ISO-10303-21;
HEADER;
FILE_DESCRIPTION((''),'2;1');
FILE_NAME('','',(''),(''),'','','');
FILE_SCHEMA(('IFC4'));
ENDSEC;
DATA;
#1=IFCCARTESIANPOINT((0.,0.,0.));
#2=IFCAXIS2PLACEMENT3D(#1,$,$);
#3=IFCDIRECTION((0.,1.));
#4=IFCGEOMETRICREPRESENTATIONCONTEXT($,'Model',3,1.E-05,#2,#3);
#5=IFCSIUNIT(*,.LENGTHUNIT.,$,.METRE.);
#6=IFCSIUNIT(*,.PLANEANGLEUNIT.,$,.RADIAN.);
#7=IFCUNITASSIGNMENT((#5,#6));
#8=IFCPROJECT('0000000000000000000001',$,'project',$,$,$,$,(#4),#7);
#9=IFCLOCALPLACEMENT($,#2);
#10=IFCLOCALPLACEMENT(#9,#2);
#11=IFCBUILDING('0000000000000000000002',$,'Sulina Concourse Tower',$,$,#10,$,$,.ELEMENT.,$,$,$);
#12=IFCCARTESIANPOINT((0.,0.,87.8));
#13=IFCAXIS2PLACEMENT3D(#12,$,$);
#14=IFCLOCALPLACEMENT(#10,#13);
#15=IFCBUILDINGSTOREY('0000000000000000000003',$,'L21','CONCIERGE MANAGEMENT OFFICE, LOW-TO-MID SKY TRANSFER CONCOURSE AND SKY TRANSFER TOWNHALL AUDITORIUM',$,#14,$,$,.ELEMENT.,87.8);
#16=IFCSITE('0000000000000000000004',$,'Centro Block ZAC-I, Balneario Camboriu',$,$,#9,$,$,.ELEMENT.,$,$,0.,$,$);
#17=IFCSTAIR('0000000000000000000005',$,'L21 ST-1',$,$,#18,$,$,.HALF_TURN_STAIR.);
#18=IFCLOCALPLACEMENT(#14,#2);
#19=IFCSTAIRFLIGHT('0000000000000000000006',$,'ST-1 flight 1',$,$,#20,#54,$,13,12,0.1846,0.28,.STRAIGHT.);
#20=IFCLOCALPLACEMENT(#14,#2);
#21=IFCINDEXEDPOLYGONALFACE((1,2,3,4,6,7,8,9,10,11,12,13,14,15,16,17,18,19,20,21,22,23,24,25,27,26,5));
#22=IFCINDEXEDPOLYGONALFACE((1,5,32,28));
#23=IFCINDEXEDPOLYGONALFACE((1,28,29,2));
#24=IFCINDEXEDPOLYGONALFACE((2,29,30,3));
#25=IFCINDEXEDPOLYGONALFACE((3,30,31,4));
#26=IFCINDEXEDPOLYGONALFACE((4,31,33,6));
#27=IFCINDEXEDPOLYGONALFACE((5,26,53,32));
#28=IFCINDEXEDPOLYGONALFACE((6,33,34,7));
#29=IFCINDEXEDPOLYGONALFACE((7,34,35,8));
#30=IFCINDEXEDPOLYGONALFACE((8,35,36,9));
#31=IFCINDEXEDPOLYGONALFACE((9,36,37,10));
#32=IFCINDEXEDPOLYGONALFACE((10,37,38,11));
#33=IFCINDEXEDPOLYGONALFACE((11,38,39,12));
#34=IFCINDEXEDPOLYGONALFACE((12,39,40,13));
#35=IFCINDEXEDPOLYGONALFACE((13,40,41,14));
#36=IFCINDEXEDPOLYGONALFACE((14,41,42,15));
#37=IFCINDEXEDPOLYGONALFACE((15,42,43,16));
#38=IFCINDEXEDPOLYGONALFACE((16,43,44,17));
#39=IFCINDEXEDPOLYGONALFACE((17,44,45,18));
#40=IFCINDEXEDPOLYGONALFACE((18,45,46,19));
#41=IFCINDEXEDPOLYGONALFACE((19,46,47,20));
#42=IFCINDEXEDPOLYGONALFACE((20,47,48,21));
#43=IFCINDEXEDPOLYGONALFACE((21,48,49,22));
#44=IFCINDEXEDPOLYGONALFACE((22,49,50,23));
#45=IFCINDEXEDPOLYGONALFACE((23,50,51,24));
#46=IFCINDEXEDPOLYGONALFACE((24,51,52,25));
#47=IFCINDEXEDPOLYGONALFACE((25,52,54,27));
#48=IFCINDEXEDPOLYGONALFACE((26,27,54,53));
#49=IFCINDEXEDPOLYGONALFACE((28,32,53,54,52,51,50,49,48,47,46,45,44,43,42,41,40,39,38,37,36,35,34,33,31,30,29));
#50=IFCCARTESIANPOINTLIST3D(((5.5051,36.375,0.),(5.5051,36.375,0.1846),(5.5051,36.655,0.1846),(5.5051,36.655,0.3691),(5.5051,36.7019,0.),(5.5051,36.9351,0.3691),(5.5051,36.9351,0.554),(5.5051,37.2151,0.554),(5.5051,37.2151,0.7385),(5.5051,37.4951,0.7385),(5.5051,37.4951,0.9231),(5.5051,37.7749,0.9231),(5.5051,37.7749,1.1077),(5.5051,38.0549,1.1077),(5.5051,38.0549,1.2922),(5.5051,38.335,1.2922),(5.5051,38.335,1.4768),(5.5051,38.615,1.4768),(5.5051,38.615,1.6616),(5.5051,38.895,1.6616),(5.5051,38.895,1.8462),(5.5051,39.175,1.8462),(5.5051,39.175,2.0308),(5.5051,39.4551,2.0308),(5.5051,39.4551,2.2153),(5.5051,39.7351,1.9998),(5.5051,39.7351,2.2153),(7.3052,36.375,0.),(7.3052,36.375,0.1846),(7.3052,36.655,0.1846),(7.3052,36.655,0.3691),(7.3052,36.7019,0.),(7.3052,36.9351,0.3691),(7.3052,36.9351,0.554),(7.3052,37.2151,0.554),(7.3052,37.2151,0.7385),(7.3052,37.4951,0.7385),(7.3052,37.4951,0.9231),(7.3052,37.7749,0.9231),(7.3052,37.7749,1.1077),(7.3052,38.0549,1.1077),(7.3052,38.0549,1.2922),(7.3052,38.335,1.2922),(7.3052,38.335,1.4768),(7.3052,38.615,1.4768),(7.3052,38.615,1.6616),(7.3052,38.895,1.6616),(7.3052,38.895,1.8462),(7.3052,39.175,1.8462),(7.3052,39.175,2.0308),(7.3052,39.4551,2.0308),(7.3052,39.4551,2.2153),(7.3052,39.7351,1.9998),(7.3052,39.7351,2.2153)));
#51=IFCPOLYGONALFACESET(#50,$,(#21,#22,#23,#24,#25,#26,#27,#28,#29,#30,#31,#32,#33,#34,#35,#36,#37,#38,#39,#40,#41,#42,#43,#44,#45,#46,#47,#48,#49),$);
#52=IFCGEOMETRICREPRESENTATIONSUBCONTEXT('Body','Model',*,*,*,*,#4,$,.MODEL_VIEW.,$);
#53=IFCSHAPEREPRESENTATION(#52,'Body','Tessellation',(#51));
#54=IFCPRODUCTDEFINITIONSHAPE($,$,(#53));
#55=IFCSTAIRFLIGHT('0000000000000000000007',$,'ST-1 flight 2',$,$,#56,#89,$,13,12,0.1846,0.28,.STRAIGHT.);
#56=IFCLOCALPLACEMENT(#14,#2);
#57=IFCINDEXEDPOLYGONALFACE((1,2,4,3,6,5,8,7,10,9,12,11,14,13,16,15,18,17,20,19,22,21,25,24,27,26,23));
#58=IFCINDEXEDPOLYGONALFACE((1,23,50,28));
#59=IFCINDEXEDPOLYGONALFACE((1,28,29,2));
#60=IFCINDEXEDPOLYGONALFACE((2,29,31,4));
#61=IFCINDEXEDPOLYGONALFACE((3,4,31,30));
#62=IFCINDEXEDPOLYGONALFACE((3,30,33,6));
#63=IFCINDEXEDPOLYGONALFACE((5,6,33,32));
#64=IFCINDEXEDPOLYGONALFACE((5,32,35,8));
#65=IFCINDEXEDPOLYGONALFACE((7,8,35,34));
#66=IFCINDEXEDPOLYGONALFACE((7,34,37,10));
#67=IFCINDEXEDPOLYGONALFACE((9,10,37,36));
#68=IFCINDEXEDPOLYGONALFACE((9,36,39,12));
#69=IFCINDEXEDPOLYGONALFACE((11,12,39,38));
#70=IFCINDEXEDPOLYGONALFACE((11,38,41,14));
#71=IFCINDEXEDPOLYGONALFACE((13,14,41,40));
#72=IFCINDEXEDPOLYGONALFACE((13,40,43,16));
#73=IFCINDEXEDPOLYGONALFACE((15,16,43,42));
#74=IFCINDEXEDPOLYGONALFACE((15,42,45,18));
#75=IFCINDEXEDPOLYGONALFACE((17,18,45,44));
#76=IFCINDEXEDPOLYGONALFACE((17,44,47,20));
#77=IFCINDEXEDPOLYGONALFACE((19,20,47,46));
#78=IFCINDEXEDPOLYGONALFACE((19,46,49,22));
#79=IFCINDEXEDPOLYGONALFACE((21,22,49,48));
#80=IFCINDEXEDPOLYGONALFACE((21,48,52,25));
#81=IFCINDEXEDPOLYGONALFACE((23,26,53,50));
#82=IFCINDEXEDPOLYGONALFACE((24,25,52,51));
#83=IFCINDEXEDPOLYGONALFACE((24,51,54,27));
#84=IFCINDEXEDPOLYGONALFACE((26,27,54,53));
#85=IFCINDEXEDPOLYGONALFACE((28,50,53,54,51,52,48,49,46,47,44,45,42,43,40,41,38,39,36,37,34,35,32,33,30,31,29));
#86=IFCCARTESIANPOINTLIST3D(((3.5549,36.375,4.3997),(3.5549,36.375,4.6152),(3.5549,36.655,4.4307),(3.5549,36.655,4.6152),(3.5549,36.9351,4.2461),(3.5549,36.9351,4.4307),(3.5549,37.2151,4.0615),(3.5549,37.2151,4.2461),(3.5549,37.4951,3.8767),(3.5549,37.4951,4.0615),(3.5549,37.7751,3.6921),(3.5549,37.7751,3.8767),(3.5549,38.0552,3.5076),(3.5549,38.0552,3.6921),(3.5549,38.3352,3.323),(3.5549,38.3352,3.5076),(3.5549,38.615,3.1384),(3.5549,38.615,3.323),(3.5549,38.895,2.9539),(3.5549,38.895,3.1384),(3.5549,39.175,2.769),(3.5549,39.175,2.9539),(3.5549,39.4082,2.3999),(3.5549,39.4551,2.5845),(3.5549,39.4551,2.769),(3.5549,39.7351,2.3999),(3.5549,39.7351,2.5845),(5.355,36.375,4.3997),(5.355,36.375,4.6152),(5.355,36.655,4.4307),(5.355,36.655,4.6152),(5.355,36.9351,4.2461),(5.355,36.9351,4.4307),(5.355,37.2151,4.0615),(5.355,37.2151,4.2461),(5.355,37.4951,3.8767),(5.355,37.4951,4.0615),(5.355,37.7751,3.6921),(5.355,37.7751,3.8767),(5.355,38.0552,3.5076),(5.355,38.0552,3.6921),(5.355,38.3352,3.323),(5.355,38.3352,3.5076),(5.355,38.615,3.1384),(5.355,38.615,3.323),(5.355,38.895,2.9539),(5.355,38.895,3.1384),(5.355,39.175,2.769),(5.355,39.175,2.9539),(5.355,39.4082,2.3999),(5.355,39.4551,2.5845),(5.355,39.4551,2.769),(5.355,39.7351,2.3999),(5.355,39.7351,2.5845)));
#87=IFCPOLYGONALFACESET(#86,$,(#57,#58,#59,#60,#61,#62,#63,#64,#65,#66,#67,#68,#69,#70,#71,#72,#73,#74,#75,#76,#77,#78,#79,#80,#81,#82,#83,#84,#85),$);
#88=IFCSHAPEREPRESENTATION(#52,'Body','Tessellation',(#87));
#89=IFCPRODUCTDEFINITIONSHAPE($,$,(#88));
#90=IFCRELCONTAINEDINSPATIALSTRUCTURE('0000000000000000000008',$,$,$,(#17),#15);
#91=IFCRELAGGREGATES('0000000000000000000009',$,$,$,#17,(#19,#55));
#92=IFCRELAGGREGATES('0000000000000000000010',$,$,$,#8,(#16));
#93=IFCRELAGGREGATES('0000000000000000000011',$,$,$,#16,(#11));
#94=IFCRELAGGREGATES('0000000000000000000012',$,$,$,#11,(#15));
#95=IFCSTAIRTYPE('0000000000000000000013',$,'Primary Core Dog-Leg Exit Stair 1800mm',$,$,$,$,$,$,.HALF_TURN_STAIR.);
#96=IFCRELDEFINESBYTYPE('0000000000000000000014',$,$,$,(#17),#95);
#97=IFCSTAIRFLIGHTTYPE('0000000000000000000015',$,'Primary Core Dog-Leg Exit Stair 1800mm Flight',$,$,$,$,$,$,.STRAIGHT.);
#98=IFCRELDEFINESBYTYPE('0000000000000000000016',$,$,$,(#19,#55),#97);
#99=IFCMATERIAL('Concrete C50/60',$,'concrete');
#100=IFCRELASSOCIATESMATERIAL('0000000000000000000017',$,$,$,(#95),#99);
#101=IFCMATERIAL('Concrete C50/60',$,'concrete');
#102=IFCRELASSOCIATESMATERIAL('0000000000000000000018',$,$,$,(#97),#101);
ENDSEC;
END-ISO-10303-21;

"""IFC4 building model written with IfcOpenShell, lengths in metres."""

from ifc_helpers import new_model, si_unit, direction, frame, origin, place, context, subcontext, project, spatial, polyline, outline, extrude, material, type_object, element, aggregate, save


model = new_model("IFC4")

# Units and contexts
model_context = context("Model", 3, precision=1e-05, world=origin(), true_north=direction((0.0, 1.0)))
body_context = subcontext(model_context, "Body", "Model", "MODEL_VIEW")
ifc_project = project(units=[si_unit("LENGTHUNIT", "METRE"), si_unit("PLANEANGLEUNIT", "RADIAN")], contexts=[model_context])

# Site, building, storey
site_placement = place(None, origin())
site = spatial("IfcSite", under=ifc_project, at=site_placement, Name="Centro Block ZAC-I, Balneario Camboriu", CompositionType="ELEMENT", RefElevation=0.0)
building_placement = place(site_placement, origin())
building = spatial("IfcBuilding", under=site, at=building_placement, Name="Sulina Concourse Tower", CompositionType="ELEMENT")
storey_placement = place(building_placement, frame((0.0, 0.0, 87.8)))
storey = spatial("IfcBuildingStorey", under=building, at=storey_placement, Name="L21", Description="CONCIERGE MANAGEMENT OFFICE, LOW-TO-MID SKY TRANSFER CONCOURSE AND SKY TRANSFER TOWNHALL AUDITORIUM", CompositionType="ELEMENT", Elevation=87.8)

# Stair, stair flights
ifc_material_1 = material(Name="Concrete C50/60", Category="concrete")
stair_type = type_object("IfcStairType", Name="Primary Core Dog-Leg Exit Stair 1800mm", PredefinedType="HALF_TURN_STAIR", material=ifc_material_1)
stair_placement = place(storey_placement, origin())
stair = element("IfcStair", 1, at=stair_placement, inside=storey, type_object=stair_type, Name="L21 ST-1", PredefinedType="HALF_TURN_STAIR")
ifc_material_2 = material(Name="Concrete C50/60", Category="concrete")
stair_flight_type = type_object("IfcStairFlightType", Name="Primary Core Dog-Leg Exit Stair 1800mm Flight", PredefinedType="STRAIGHT", material=ifc_material_2)
stair_flight_1_placement = place(storey_placement, frame((6.405, 36.375, 0.0), z_axis=(0.0, 0.0, 1.0), x_axis=(0.0, 1.0, 0.0)))
stair_flight_1 = element("IfcStairFlight", 2, at=stair_flight_1_placement, type_object=stair_flight_type, Name="ST-1 flight 1", NumberOfRisers=13, NumberOfTreads=12, PredefinedType="STRAIGHT", RiserHeight=0.1846, TreadLength=0.28, context=body_context, shape_type="SweptSolid", body=[
    extrude(outline(polyline([(0.0, 0.0), (0.0, 0.1846), (0.28, 0.1846), (0.28, 0.3691), (0.5601, 0.3691), (0.5601, 0.554), (0.8401, 0.554), (0.8401, 0.7385), (1.1201, 0.7385), (1.1201, 0.9231), (1.3999, 0.9231), (1.3999, 1.1077), (1.6799, 1.1077), (1.6799, 1.2922), (1.96, 1.2922), (1.96, 1.4768), (2.24, 1.4768), (2.24, 1.6616), (2.52, 1.6616), (2.52, 1.8462), (2.8, 1.8462), (2.8, 2.0308), (3.0801, 2.0308), (3.0801, 2.2153), (3.3601, 2.2153), (3.3601, 2.3999), (3.3601, 1.9998), (0.3269, 0.0), (0.0, 0.0)])), frame((0.0, 0.8999, 0.0), z_axis=(0.0, -1.0, 0.0), x_axis=(1.0, 0.0, 0.0)), (0.0, 0.0, 1.0), 1.8),
])
stair_flight_2_placement = place(storey_placement, frame((4.4551, 39.7351, 2.3999), z_axis=(0.0, 0.0, 1.0), x_axis=(0.0, -1.0, 0.0)))
stair_flight_2 = element("IfcStairFlight", 3, at=stair_flight_2_placement, type_object=stair_flight_type, Name="ST-1 flight 2", NumberOfRisers=13, NumberOfTreads=12, PredefinedType="STRAIGHT", RiserHeight=0.1846, TreadLength=0.28, context=body_context, shape_type="SweptSolid", body=[
    extrude(outline(polyline([(0.0, 0.0), (0.0, 0.1846), (0.28, 0.1846), (0.28, 0.3691), (0.5601, 0.3691), (0.5601, 0.554), (0.8401, 0.554), (0.8401, 0.7385), (1.1201, 0.7385), (1.1201, 0.9231), (1.3999, 0.9231), (1.3999, 1.1077), (1.6799, 1.1077), (1.6799, 1.2922), (1.96, 1.2922), (1.96, 1.4768), (2.24, 1.4768), (2.24, 1.6616), (2.52, 1.6616), (2.52, 1.8462), (2.8, 1.8462), (2.8, 2.0308), (3.0801, 2.0308), (3.0801, 2.2153), (3.3601, 2.2153), (3.3601, 2.3999), (3.3601, 1.9998), (0.3269, 0.0), (0.0, 0.0)])), frame((0.0, 0.8999, 0.0), z_axis=(0.0, -1.0, 0.0), x_axis=(1.0, 0.0, 0.0)), (0.0, 0.0, 1.0), 1.8),
])
aggregate(stair, [stair_flight_1, stair_flight_2])

save(model, "model.ifc")
